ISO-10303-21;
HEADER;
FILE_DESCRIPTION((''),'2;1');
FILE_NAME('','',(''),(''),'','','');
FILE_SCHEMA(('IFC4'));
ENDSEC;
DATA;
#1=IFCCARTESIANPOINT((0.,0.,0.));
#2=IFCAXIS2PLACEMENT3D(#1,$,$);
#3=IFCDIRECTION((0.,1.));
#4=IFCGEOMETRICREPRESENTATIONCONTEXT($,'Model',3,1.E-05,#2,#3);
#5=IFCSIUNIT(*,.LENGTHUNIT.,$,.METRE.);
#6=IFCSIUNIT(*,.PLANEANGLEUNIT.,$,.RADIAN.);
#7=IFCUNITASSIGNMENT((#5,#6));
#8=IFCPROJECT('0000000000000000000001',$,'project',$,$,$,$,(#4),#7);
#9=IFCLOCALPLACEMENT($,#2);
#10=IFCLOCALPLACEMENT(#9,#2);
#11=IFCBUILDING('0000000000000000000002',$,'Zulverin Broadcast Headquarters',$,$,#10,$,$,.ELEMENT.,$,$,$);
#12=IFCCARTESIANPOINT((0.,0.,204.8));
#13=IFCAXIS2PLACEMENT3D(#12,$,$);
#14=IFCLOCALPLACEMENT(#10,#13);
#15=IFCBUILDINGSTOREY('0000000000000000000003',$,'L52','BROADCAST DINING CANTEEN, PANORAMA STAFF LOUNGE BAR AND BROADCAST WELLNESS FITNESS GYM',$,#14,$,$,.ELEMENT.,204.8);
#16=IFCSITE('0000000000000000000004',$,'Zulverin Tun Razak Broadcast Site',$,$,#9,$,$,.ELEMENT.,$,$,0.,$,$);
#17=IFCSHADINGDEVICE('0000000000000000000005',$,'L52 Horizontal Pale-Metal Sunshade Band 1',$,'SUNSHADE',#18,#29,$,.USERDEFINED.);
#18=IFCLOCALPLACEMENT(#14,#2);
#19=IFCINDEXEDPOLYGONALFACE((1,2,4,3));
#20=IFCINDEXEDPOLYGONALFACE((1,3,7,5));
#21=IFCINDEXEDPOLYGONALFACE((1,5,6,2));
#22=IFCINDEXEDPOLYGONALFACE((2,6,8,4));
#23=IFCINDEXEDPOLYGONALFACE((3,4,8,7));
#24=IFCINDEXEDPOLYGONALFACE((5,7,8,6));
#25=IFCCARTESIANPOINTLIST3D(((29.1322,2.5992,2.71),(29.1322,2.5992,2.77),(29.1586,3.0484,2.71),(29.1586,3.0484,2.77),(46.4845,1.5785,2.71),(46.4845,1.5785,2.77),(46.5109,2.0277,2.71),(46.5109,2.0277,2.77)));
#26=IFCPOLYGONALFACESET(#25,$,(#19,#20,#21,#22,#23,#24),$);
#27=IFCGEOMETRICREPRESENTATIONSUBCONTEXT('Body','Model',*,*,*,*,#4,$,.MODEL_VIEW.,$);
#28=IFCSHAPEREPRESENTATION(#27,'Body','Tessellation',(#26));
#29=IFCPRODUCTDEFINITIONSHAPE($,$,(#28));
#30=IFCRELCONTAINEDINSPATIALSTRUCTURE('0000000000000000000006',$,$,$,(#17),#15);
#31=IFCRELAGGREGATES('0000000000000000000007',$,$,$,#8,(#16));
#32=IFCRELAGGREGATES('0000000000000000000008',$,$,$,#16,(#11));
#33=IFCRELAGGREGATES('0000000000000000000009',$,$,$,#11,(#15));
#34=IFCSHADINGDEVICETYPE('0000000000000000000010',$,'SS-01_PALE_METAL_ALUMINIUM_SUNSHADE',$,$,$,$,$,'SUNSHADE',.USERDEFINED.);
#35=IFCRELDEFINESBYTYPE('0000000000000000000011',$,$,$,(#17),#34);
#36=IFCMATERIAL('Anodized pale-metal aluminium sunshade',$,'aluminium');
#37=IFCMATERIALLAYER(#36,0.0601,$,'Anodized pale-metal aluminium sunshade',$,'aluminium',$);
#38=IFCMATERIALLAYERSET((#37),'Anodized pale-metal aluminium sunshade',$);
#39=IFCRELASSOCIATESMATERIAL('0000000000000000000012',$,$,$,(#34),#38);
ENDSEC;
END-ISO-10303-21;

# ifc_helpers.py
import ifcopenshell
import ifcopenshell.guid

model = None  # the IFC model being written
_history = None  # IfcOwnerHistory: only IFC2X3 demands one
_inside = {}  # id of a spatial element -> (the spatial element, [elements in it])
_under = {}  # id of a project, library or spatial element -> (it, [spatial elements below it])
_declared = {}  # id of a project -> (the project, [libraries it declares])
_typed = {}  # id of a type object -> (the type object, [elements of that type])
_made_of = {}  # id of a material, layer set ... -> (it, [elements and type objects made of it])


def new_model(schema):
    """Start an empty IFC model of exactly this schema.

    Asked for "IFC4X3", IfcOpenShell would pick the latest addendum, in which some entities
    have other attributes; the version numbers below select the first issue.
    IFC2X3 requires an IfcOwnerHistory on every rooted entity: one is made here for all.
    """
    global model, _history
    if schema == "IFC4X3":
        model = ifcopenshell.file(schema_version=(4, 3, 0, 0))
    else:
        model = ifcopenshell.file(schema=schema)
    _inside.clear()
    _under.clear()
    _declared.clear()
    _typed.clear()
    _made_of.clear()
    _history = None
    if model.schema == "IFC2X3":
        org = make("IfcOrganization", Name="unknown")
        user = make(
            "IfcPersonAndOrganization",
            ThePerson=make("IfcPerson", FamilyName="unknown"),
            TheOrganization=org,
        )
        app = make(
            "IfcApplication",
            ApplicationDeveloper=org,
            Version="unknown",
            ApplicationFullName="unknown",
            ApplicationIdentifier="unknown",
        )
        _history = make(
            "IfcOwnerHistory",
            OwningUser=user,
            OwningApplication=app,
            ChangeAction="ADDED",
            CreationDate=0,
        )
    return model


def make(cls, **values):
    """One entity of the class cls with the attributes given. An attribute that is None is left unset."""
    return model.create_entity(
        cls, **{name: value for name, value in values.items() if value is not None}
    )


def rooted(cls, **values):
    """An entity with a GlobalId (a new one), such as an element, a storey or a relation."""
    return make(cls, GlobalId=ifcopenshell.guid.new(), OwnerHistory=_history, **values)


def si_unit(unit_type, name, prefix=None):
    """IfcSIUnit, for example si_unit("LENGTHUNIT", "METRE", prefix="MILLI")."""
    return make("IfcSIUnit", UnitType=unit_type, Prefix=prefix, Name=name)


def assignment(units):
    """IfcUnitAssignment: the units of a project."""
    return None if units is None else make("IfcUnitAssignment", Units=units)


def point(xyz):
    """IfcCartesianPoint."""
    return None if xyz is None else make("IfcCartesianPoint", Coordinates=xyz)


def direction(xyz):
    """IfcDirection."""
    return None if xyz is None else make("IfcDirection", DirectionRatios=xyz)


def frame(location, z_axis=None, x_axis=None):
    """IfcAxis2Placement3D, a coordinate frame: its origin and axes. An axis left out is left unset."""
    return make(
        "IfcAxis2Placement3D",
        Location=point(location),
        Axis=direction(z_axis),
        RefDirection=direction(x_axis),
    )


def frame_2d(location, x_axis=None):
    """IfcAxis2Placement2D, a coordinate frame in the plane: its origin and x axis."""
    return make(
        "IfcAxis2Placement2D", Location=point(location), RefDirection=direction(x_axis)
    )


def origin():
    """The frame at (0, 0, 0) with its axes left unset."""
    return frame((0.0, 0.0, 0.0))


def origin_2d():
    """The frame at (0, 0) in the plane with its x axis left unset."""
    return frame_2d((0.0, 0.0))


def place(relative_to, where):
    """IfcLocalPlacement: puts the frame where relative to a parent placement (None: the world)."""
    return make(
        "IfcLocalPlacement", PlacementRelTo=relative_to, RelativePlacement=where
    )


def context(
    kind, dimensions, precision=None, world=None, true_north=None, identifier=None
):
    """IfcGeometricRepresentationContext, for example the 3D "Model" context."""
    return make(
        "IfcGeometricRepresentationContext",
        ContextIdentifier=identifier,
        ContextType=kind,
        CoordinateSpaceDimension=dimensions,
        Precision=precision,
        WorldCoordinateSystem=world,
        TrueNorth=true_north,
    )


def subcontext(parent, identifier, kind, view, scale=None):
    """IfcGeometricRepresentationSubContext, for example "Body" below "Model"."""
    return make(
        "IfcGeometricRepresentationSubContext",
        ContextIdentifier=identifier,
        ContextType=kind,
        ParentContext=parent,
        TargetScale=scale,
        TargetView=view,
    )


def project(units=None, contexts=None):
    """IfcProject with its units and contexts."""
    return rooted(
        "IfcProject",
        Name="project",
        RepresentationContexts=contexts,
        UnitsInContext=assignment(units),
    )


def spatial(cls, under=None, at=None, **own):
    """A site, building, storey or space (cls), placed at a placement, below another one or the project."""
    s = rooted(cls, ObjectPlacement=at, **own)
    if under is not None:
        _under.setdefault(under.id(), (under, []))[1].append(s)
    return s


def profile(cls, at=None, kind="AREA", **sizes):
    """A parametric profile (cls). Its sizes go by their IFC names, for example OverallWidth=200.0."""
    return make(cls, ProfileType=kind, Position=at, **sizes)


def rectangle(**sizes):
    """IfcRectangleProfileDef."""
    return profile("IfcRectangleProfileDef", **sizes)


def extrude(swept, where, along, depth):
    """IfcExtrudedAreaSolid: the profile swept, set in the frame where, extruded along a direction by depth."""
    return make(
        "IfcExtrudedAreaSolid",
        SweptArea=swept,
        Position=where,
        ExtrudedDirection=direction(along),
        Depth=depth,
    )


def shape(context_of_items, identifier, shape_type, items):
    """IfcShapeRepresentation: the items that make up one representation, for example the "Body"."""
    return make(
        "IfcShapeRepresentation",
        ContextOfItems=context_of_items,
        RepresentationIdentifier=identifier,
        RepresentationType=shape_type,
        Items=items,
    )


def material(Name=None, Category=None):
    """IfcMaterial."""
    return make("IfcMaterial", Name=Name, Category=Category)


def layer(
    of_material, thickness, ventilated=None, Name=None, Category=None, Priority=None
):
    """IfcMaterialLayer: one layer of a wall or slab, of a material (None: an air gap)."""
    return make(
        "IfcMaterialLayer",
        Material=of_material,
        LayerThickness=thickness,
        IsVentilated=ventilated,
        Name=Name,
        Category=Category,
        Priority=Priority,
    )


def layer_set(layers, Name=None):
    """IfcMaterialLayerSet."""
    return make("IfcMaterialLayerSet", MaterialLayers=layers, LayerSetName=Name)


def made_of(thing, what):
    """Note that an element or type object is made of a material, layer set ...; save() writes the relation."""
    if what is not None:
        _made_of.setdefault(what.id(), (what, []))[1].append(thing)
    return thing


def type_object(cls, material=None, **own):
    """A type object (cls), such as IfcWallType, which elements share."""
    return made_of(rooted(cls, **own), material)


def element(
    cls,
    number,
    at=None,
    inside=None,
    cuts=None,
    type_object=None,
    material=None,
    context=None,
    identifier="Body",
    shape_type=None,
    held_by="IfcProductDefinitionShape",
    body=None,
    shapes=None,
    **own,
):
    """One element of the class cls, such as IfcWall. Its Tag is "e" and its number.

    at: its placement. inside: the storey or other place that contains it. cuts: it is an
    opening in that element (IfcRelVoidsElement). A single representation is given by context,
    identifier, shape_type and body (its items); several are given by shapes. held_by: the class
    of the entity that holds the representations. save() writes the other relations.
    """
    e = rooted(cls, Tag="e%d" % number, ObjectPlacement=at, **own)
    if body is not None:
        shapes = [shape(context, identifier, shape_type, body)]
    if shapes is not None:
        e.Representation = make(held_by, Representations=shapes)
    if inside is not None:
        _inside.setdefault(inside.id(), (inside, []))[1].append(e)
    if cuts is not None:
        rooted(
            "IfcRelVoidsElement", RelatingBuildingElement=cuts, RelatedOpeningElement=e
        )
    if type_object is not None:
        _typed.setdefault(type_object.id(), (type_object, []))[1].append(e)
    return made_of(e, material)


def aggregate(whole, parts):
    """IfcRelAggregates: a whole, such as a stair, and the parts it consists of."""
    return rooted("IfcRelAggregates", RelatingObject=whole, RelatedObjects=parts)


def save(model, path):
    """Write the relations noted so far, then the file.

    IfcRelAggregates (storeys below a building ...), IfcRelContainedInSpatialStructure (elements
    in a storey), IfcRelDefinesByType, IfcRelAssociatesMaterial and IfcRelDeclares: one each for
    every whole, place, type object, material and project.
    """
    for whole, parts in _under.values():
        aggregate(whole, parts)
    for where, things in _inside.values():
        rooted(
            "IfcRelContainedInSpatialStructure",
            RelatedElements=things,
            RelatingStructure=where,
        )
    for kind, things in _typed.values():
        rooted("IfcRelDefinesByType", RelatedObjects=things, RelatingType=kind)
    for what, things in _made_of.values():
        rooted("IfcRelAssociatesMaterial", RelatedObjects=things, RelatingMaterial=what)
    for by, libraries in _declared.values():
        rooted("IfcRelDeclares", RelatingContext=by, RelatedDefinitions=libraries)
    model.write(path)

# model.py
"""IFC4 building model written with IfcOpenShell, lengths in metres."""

from ifc_helpers import new_model, si_unit, direction, frame, origin, origin_2d, place, context, subcontext, project, spatial, rectangle, extrude, material, layer, layer_set, type_object, element, save


model = new_model("IFC4")

# Units and contexts
model_context = context("Model", 3, precision=1e-05, world=origin(), true_north=direction((0.0, 1.0)))
body_context = subcontext(model_context, "Body", "Model", "MODEL_VIEW")
ifc_project = project(units=[si_unit("LENGTHUNIT", "METRE"), si_unit("PLANEANGLEUNIT", "RADIAN")], contexts=[model_context])

# Site, building, storey
site_placement = place(None, origin())
site = spatial("IfcSite", under=ifc_project, at=site_placement, Name="Zulverin Tun Razak Broadcast Site", CompositionType="ELEMENT", RefElevation=0.0)
building_placement = place(site_placement, origin())
building = spatial("IfcBuilding", under=site, at=building_placement, Name="Zulverin Broadcast Headquarters", CompositionType="ELEMENT")
storey_placement = place(building_placement, frame((0.0, 0.0, 204.8)))
storey = spatial("IfcBuildingStorey", under=building, at=storey_placement, Name="L52", Description="BROADCAST DINING CANTEEN, PANORAMA STAFF LOUNGE BAR AND BROADCAST WELLNESS FITNESS GYM", CompositionType="ELEMENT", Elevation=204.8)

# Shading device
ifc_material_1 = material(Name="Anodized pale-metal aluminium sunshade", Category="aluminium")
ifc_layer_1 = layer(ifc_material_1, 0.0601, Name="Anodized pale-metal aluminium sunshade", Category="aluminium")
ifc_layer_set_1 = layer_set([ifc_layer_1], Name="Anodized pale-metal aluminium sunshade")
shading_device_type = type_object("IfcShadingDeviceType", Name="SS-01_PALE_METAL_ALUMINIUM_SUNSHADE", ElementType="SUNSHADE", PredefinedType="USERDEFINED", material=ifc_layer_set_1)
shading_device_placement = place(storey_placement, frame((37.8215, 2.3135, 2.71), z_axis=(0.0, 0.0, 1.0), x_axis=(0.998274, -0.058721, 0.0)))
element("IfcShadingDevice", 1, at=shading_device_placement, inside=storey, type_object=shading_device_type, Name="L52 Horizontal Pale-Metal Sunshade Band 1", ObjectType="SUNSHADE", PredefinedType="USERDEFINED", context=body_context, shape_type="SweptSolid", body=[
    extrude(rectangle(XDim=17.3823, YDim=0.45, at=origin_2d()), origin(), (0.0, 0.0, 1.0), 0.0601),
])

save(model, "model.ifc")
